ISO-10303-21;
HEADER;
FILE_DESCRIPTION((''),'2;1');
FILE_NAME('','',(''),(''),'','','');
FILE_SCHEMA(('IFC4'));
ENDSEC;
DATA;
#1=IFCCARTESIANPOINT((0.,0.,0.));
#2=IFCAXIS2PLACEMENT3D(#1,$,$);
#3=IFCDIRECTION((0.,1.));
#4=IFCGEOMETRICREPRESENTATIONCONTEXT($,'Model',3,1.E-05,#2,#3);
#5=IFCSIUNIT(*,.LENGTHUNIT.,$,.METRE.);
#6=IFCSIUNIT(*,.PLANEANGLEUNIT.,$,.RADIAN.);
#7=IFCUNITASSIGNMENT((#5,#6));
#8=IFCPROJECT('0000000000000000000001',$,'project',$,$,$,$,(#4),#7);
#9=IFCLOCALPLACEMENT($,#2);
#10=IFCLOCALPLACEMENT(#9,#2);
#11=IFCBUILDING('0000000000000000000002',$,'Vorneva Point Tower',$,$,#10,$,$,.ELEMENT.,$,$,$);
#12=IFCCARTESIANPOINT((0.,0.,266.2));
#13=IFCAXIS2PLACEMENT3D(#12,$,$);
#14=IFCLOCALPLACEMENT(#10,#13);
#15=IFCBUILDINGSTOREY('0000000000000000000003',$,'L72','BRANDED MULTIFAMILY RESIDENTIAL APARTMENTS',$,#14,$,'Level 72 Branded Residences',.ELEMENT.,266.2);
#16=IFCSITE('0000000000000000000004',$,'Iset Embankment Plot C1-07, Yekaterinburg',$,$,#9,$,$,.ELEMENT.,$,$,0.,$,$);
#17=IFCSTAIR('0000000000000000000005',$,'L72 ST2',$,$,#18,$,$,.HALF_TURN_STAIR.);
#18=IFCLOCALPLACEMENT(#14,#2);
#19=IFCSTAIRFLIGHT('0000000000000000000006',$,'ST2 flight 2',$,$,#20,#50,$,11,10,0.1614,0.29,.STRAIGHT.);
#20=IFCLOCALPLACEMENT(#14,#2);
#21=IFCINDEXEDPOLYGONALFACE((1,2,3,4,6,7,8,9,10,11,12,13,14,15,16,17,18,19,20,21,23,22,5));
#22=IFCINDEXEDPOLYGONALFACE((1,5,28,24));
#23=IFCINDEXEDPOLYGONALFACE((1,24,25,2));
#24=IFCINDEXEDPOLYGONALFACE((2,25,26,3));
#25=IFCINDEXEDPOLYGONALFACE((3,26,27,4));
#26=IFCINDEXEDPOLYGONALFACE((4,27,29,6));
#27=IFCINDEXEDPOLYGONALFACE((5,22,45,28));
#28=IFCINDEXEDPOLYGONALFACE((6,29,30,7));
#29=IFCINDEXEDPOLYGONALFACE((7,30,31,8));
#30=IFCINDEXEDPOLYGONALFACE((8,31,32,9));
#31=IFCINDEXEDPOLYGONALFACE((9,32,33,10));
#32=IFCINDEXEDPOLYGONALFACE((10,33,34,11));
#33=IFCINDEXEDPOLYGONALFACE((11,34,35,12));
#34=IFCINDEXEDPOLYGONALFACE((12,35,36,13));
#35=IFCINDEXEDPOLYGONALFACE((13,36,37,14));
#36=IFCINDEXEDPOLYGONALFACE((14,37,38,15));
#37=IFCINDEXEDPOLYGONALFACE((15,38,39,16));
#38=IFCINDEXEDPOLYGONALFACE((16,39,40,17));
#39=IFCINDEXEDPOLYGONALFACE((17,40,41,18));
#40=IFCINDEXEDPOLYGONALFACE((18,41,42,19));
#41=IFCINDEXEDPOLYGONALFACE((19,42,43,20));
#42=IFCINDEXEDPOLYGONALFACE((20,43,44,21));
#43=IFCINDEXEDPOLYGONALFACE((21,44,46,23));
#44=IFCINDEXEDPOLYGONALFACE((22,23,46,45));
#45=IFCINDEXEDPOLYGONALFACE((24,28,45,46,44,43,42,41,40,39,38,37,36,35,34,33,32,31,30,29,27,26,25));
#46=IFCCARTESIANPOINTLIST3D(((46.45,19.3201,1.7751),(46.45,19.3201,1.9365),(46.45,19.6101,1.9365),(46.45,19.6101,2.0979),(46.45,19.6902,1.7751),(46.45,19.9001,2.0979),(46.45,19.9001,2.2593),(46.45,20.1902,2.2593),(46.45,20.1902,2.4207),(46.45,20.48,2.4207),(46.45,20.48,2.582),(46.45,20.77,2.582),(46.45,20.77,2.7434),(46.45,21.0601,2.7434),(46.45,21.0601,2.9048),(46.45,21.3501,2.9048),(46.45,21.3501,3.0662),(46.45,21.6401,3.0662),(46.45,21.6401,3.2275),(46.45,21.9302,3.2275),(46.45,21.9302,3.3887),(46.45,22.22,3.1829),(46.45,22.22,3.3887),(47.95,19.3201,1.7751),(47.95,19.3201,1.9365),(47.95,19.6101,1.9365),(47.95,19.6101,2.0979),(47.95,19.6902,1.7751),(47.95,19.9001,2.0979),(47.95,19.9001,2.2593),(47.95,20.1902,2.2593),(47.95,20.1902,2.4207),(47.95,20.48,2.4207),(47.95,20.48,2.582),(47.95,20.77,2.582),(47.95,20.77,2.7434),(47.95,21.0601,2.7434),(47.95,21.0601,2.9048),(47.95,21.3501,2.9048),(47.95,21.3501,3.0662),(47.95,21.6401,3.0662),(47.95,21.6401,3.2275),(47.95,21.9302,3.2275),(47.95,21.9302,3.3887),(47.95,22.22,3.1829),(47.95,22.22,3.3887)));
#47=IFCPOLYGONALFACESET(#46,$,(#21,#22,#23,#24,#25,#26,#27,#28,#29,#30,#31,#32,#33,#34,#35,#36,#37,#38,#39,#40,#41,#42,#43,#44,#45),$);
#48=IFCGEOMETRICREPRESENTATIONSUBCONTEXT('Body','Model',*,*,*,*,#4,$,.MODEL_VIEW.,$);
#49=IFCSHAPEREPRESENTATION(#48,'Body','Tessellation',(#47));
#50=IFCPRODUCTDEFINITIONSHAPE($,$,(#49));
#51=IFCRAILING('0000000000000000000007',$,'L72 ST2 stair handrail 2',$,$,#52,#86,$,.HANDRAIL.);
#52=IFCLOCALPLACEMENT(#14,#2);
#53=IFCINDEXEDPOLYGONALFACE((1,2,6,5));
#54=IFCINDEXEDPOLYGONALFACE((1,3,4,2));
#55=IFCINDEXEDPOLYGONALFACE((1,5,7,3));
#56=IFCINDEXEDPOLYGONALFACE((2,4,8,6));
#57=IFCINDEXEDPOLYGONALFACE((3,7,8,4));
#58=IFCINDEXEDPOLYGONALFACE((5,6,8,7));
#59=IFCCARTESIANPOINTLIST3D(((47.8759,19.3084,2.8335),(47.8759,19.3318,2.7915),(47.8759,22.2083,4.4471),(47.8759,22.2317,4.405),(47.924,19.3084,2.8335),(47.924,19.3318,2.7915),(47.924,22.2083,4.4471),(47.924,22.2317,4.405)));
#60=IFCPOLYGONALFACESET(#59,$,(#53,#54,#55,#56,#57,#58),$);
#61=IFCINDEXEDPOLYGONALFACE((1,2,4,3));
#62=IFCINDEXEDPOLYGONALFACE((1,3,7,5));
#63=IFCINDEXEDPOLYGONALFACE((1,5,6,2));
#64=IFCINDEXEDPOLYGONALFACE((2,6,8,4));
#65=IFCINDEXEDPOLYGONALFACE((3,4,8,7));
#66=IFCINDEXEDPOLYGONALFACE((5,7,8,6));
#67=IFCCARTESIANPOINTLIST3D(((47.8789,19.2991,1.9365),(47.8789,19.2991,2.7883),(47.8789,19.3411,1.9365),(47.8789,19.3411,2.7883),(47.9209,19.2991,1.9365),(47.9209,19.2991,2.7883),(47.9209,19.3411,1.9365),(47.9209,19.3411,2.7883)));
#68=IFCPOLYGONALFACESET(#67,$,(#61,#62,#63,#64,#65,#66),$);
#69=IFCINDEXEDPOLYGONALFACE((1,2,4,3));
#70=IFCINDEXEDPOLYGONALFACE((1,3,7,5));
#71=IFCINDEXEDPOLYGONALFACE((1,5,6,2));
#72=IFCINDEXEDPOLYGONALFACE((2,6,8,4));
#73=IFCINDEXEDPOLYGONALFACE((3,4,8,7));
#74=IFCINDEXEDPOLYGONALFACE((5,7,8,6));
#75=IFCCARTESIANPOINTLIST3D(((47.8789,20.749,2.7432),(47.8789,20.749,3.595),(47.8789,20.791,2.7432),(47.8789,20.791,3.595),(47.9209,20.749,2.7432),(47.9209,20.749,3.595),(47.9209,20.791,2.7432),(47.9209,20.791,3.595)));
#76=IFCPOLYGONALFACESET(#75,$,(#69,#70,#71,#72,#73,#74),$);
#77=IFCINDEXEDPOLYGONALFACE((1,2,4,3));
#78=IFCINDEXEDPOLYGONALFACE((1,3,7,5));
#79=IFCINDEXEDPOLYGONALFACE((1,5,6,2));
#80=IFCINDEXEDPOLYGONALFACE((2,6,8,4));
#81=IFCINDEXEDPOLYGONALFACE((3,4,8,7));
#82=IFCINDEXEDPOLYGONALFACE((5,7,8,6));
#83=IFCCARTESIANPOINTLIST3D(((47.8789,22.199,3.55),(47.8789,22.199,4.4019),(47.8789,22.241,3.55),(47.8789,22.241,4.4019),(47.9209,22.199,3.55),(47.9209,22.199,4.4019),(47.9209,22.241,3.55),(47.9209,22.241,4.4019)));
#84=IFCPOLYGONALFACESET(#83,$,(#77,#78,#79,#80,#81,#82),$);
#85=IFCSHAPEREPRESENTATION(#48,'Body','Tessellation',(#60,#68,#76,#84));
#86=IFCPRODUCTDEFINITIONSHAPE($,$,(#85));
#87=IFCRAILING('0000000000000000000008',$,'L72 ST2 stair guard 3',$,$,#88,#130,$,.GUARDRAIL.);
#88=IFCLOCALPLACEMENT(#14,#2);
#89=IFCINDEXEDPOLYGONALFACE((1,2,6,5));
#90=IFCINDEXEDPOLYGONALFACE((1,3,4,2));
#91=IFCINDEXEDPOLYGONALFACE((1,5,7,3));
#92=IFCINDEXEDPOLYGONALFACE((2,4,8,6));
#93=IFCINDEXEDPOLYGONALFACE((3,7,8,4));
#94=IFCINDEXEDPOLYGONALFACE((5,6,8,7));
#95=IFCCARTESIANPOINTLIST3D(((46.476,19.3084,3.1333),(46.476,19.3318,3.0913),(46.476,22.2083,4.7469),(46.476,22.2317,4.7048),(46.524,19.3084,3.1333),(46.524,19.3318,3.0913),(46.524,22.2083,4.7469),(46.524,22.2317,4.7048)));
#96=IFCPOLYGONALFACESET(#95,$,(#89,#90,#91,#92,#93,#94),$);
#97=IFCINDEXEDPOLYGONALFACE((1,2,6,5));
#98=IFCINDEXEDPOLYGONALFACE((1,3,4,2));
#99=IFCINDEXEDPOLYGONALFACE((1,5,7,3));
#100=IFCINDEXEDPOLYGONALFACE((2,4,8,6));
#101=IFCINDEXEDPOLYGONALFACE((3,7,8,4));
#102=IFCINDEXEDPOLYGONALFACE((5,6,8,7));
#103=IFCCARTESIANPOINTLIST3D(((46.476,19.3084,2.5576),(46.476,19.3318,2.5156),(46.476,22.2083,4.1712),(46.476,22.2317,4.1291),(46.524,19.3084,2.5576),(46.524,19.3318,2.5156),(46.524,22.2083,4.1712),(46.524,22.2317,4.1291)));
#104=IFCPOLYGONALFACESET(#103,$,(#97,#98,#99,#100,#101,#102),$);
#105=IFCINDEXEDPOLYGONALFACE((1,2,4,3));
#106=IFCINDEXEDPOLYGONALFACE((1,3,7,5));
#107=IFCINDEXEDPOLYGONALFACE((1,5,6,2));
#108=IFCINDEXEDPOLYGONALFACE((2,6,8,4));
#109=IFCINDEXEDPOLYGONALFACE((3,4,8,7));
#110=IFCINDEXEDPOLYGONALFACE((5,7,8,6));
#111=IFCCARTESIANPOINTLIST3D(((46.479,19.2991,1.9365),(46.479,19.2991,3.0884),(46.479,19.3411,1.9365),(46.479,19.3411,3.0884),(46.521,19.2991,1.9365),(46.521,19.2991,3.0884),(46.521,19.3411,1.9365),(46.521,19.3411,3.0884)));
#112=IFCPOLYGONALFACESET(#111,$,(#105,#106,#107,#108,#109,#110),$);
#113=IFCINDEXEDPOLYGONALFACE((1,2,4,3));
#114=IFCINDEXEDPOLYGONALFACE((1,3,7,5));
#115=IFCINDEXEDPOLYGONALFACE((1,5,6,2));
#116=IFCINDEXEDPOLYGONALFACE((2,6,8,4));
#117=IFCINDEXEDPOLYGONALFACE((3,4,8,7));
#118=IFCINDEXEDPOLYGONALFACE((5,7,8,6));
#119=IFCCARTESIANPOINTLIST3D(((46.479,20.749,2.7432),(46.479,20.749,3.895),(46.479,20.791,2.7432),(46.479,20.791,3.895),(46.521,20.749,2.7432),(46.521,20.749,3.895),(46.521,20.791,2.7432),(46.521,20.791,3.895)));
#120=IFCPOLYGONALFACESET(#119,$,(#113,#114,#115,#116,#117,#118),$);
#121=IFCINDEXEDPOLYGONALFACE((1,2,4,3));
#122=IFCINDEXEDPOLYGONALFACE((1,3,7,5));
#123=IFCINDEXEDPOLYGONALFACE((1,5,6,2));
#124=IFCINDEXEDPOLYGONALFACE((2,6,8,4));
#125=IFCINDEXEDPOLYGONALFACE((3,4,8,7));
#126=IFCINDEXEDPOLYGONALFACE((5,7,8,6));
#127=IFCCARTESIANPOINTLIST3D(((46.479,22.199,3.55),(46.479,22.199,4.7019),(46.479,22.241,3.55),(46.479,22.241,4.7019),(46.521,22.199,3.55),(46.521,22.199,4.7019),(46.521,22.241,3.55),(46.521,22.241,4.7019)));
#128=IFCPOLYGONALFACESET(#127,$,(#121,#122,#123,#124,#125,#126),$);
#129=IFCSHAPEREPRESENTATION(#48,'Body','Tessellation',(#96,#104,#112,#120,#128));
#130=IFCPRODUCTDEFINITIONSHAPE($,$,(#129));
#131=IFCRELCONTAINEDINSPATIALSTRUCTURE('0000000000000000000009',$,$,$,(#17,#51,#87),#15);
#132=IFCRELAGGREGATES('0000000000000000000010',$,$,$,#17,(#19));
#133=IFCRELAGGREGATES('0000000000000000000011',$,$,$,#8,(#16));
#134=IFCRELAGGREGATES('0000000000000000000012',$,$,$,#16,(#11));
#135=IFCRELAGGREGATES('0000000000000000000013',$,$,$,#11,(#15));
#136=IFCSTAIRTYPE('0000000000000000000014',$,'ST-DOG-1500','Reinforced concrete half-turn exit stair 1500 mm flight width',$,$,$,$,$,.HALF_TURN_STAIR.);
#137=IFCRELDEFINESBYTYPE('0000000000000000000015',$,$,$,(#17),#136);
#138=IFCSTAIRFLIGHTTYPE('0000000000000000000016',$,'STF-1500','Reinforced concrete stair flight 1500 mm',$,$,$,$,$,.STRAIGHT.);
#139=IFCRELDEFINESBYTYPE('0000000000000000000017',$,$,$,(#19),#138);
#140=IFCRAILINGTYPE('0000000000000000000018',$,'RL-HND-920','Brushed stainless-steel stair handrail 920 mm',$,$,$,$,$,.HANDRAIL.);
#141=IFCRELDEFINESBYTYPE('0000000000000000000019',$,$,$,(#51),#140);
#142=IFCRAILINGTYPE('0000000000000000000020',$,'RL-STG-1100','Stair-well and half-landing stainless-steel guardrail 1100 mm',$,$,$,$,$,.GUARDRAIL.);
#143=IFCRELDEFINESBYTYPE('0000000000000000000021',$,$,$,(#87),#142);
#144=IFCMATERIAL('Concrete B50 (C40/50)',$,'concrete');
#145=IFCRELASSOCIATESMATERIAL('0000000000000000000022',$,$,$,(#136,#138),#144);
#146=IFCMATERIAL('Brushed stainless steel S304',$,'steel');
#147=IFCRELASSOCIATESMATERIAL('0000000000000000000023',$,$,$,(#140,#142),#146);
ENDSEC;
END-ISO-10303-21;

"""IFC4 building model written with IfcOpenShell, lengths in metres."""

from ifc_helpers import new_model, si_unit, direction, frame, origin, origin_2d, place, context, subcontext, project, spatial, polyline, rectangle, outline, extrude, material, type_object, element, aggregate, save


model = new_model("IFC4")

# Units and contexts
model_context = context("Model", 3, precision=1e-05, world=origin(), true_north=direction((0.0, 1.0)))
body_context = subcontext(model_context, "Body", "Model", "MODEL_VIEW")
ifc_project = project(units=[si_unit("LENGTHUNIT", "METRE"), si_unit("PLANEANGLEUNIT", "RADIAN")], contexts=[model_context])

# Site, building, storey
site_placement = place(None, origin())
site = spatial("IfcSite", under=ifc_project, at=site_placement, Name="Iset Embankment Plot C1-07, Yekaterinburg", CompositionType="ELEMENT", RefElevation=0.0)
building_placement = place(site_placement, origin())
building = spatial("IfcBuilding", under=site, at=building_placement, Name="Vorneva Point Tower", CompositionType="ELEMENT")
storey_placement = place(building_placement, frame((0.0, 0.0, 266.2)))
storey = spatial("IfcBuildingStorey", under=building, at=storey_placement, Name="L72", Description="BRANDED MULTIFAMILY RESIDENTIAL APARTMENTS", LongName="Level 72 Branded Residences", CompositionType="ELEMENT", Elevation=266.2)

# Shared definitions
ifc_material_1 = material(Name="Concrete B50 (C40/50)", Category="concrete")

# Stair, stair flight
stair_type = type_object("IfcStairType", Name="ST-DOG-1500", Description="Reinforced concrete half-turn exit stair 1500 mm flight width", PredefinedType="HALF_TURN_STAIR", material=ifc_material_1)
stair_placement = place(storey_placement, origin())
stair = element("IfcStair", 1, at=stair_placement, inside=storey, type_object=stair_type, Name="L72 ST2", PredefinedType="HALF_TURN_STAIR")
stair_flight_type = type_object("IfcStairFlightType", Name="STF-1500", Description="Reinforced concrete stair flight 1500 mm", PredefinedType="STRAIGHT", material=ifc_material_1)
stair_flight_placement = place(storey_placement, frame((47.2, 19.3201, 1.7751), z_axis=(0.0, 0.0, 1.0), x_axis=(0.0, 1.0, 0.0)))
stair_flight = element("IfcStairFlight", 2, at=stair_flight_placement, type_object=stair_flight_type, Name="ST2 flight 2", NumberOfRisers=11, NumberOfTreads=10, PredefinedType="STRAIGHT", RiserHeight=0.1614, TreadLength=0.29, context=body_context, shape_type="SweptSolid", body=[
    extrude(outline(polyline([(0.0, 0.0), (0.0, 0.1614), (0.29, 0.1614), (0.29, 0.3228), (0.5801, 0.3228), (0.5801, 0.4841), (0.8701, 0.4841), (0.8701, 0.6455), (1.1599, 0.6455), (1.1599, 0.8069), (1.45, 0.8069), (1.45, 0.9683), (1.74, 0.9683), (1.74, 1.1296), (2.03, 1.1296), (2.03, 1.291), (2.3201, 1.291), (2.3201, 1.4524), (2.6101, 1.4524), (2.6101, 1.6135), (2.8999, 1.6135), (2.8999, 1.7749), (2.8999, 1.4077), (0.3701, 0.0), (0.0, 0.0)])), frame((0.0, 0.75, 0.0), z_axis=(0.0, -1.0, 0.0), x_axis=(1.0, 0.0, 0.0)), (0.0, 0.0, 1.0), 1.5),
])
aggregate(stair, [stair_flight])

# Railings
ifc_material_2 = material(Name="Brushed stainless steel S304", Category="steel")
railing_type_1 = type_object("IfcRailingType", Name="RL-HND-920", Description="Brushed stainless-steel stair handrail 920 mm", PredefinedType="HANDRAIL", material=ifc_material_2)
railing_1_placement = place(storey_placement, frame((47.8999, 19.3201, 1.9365)))
element("IfcRailing", 3, at=railing_1_placement, inside=storey, type_object=railing_type_1, Name="L72 ST2 stair handrail 2", PredefinedType="HANDRAIL", context=body_context, shape_type="SweptSolid", body=[
    extrude(rectangle(XDim=0.0481, YDim=0.0481, at=origin_2d()), frame((0.0, 0.0, 0.876), z_axis=(0.0, 0.873841, 0.486211), x_axis=(-1.0, 0.0, 0.0)), (0.0, 0.0, 1.0), 3.3186),
    extrude(rectangle(XDim=0.042, YDim=0.042, at=origin_2d()), origin(), (0.0, 0.0, 1.0), 0.8518),
    extrude(rectangle(XDim=0.042, YDim=0.042, at=origin_2d()), frame((0.0, 1.45, 0.8066)), (0.0, 0.0, 1.0), 0.8518),
    extrude(rectangle(XDim=0.042, YDim=0.042, at=origin_2d()), frame((0.0, 2.8999, 1.6135)), (0.0, 0.0, 1.0), 0.8518),
])
railing_type_2 = type_object("IfcRailingType", Name="RL-STG-1100", Description="Stair-well and half-landing stainless-steel guardrail 1100 mm", PredefinedType="GUARDRAIL", material=ifc_material_2)
railing_2_placement = place(storey_placement, frame((46.5, 19.3201, 1.9365)))
element("IfcRailing", 4, at=railing_2_placement, inside=storey, type_object=railing_type_2, Name="L72 ST2 stair guard 3", PredefinedType="GUARDRAIL", context=body_context, shape_type="SweptSolid", body=[
    extrude(rectangle(XDim=0.0481, YDim=0.0481, at=origin_2d()), frame((0.0, 0.0, 1.1758), z_axis=(0.0, 0.873841, 0.486211), x_axis=(-1.0, 0.0, 0.0)), (0.0, 0.0, 1.0), 3.3186),
    extrude(rectangle(XDim=0.0481, YDim=0.0481, at=origin_2d()), frame((0.0, 0.0, 0.6001), z_axis=(0.0, 0.873841, 0.486211), x_axis=(-1.0, 0.0, 0.0)), (0.0, 0.0, 1.0), 3.3186),
    extrude(rectangle(XDim=0.042, YDim=0.042, at=origin_2d()), origin(), (0.0, 0.0, 1.0), 1.1519),
    extrude(rectangle(XDim=0.042, YDim=0.042, at=origin_2d()), frame((0.0, 1.45, 0.8066)), (0.0, 0.0, 1.0), 1.1519),
    extrude(rectangle(XDim=0.042, YDim=0.042, at=origin_2d()), frame((0.0, 2.8999, 1.6135)), (0.0, 0.0, 1.0), 1.1519),
])

save(model, "model.ifc")
